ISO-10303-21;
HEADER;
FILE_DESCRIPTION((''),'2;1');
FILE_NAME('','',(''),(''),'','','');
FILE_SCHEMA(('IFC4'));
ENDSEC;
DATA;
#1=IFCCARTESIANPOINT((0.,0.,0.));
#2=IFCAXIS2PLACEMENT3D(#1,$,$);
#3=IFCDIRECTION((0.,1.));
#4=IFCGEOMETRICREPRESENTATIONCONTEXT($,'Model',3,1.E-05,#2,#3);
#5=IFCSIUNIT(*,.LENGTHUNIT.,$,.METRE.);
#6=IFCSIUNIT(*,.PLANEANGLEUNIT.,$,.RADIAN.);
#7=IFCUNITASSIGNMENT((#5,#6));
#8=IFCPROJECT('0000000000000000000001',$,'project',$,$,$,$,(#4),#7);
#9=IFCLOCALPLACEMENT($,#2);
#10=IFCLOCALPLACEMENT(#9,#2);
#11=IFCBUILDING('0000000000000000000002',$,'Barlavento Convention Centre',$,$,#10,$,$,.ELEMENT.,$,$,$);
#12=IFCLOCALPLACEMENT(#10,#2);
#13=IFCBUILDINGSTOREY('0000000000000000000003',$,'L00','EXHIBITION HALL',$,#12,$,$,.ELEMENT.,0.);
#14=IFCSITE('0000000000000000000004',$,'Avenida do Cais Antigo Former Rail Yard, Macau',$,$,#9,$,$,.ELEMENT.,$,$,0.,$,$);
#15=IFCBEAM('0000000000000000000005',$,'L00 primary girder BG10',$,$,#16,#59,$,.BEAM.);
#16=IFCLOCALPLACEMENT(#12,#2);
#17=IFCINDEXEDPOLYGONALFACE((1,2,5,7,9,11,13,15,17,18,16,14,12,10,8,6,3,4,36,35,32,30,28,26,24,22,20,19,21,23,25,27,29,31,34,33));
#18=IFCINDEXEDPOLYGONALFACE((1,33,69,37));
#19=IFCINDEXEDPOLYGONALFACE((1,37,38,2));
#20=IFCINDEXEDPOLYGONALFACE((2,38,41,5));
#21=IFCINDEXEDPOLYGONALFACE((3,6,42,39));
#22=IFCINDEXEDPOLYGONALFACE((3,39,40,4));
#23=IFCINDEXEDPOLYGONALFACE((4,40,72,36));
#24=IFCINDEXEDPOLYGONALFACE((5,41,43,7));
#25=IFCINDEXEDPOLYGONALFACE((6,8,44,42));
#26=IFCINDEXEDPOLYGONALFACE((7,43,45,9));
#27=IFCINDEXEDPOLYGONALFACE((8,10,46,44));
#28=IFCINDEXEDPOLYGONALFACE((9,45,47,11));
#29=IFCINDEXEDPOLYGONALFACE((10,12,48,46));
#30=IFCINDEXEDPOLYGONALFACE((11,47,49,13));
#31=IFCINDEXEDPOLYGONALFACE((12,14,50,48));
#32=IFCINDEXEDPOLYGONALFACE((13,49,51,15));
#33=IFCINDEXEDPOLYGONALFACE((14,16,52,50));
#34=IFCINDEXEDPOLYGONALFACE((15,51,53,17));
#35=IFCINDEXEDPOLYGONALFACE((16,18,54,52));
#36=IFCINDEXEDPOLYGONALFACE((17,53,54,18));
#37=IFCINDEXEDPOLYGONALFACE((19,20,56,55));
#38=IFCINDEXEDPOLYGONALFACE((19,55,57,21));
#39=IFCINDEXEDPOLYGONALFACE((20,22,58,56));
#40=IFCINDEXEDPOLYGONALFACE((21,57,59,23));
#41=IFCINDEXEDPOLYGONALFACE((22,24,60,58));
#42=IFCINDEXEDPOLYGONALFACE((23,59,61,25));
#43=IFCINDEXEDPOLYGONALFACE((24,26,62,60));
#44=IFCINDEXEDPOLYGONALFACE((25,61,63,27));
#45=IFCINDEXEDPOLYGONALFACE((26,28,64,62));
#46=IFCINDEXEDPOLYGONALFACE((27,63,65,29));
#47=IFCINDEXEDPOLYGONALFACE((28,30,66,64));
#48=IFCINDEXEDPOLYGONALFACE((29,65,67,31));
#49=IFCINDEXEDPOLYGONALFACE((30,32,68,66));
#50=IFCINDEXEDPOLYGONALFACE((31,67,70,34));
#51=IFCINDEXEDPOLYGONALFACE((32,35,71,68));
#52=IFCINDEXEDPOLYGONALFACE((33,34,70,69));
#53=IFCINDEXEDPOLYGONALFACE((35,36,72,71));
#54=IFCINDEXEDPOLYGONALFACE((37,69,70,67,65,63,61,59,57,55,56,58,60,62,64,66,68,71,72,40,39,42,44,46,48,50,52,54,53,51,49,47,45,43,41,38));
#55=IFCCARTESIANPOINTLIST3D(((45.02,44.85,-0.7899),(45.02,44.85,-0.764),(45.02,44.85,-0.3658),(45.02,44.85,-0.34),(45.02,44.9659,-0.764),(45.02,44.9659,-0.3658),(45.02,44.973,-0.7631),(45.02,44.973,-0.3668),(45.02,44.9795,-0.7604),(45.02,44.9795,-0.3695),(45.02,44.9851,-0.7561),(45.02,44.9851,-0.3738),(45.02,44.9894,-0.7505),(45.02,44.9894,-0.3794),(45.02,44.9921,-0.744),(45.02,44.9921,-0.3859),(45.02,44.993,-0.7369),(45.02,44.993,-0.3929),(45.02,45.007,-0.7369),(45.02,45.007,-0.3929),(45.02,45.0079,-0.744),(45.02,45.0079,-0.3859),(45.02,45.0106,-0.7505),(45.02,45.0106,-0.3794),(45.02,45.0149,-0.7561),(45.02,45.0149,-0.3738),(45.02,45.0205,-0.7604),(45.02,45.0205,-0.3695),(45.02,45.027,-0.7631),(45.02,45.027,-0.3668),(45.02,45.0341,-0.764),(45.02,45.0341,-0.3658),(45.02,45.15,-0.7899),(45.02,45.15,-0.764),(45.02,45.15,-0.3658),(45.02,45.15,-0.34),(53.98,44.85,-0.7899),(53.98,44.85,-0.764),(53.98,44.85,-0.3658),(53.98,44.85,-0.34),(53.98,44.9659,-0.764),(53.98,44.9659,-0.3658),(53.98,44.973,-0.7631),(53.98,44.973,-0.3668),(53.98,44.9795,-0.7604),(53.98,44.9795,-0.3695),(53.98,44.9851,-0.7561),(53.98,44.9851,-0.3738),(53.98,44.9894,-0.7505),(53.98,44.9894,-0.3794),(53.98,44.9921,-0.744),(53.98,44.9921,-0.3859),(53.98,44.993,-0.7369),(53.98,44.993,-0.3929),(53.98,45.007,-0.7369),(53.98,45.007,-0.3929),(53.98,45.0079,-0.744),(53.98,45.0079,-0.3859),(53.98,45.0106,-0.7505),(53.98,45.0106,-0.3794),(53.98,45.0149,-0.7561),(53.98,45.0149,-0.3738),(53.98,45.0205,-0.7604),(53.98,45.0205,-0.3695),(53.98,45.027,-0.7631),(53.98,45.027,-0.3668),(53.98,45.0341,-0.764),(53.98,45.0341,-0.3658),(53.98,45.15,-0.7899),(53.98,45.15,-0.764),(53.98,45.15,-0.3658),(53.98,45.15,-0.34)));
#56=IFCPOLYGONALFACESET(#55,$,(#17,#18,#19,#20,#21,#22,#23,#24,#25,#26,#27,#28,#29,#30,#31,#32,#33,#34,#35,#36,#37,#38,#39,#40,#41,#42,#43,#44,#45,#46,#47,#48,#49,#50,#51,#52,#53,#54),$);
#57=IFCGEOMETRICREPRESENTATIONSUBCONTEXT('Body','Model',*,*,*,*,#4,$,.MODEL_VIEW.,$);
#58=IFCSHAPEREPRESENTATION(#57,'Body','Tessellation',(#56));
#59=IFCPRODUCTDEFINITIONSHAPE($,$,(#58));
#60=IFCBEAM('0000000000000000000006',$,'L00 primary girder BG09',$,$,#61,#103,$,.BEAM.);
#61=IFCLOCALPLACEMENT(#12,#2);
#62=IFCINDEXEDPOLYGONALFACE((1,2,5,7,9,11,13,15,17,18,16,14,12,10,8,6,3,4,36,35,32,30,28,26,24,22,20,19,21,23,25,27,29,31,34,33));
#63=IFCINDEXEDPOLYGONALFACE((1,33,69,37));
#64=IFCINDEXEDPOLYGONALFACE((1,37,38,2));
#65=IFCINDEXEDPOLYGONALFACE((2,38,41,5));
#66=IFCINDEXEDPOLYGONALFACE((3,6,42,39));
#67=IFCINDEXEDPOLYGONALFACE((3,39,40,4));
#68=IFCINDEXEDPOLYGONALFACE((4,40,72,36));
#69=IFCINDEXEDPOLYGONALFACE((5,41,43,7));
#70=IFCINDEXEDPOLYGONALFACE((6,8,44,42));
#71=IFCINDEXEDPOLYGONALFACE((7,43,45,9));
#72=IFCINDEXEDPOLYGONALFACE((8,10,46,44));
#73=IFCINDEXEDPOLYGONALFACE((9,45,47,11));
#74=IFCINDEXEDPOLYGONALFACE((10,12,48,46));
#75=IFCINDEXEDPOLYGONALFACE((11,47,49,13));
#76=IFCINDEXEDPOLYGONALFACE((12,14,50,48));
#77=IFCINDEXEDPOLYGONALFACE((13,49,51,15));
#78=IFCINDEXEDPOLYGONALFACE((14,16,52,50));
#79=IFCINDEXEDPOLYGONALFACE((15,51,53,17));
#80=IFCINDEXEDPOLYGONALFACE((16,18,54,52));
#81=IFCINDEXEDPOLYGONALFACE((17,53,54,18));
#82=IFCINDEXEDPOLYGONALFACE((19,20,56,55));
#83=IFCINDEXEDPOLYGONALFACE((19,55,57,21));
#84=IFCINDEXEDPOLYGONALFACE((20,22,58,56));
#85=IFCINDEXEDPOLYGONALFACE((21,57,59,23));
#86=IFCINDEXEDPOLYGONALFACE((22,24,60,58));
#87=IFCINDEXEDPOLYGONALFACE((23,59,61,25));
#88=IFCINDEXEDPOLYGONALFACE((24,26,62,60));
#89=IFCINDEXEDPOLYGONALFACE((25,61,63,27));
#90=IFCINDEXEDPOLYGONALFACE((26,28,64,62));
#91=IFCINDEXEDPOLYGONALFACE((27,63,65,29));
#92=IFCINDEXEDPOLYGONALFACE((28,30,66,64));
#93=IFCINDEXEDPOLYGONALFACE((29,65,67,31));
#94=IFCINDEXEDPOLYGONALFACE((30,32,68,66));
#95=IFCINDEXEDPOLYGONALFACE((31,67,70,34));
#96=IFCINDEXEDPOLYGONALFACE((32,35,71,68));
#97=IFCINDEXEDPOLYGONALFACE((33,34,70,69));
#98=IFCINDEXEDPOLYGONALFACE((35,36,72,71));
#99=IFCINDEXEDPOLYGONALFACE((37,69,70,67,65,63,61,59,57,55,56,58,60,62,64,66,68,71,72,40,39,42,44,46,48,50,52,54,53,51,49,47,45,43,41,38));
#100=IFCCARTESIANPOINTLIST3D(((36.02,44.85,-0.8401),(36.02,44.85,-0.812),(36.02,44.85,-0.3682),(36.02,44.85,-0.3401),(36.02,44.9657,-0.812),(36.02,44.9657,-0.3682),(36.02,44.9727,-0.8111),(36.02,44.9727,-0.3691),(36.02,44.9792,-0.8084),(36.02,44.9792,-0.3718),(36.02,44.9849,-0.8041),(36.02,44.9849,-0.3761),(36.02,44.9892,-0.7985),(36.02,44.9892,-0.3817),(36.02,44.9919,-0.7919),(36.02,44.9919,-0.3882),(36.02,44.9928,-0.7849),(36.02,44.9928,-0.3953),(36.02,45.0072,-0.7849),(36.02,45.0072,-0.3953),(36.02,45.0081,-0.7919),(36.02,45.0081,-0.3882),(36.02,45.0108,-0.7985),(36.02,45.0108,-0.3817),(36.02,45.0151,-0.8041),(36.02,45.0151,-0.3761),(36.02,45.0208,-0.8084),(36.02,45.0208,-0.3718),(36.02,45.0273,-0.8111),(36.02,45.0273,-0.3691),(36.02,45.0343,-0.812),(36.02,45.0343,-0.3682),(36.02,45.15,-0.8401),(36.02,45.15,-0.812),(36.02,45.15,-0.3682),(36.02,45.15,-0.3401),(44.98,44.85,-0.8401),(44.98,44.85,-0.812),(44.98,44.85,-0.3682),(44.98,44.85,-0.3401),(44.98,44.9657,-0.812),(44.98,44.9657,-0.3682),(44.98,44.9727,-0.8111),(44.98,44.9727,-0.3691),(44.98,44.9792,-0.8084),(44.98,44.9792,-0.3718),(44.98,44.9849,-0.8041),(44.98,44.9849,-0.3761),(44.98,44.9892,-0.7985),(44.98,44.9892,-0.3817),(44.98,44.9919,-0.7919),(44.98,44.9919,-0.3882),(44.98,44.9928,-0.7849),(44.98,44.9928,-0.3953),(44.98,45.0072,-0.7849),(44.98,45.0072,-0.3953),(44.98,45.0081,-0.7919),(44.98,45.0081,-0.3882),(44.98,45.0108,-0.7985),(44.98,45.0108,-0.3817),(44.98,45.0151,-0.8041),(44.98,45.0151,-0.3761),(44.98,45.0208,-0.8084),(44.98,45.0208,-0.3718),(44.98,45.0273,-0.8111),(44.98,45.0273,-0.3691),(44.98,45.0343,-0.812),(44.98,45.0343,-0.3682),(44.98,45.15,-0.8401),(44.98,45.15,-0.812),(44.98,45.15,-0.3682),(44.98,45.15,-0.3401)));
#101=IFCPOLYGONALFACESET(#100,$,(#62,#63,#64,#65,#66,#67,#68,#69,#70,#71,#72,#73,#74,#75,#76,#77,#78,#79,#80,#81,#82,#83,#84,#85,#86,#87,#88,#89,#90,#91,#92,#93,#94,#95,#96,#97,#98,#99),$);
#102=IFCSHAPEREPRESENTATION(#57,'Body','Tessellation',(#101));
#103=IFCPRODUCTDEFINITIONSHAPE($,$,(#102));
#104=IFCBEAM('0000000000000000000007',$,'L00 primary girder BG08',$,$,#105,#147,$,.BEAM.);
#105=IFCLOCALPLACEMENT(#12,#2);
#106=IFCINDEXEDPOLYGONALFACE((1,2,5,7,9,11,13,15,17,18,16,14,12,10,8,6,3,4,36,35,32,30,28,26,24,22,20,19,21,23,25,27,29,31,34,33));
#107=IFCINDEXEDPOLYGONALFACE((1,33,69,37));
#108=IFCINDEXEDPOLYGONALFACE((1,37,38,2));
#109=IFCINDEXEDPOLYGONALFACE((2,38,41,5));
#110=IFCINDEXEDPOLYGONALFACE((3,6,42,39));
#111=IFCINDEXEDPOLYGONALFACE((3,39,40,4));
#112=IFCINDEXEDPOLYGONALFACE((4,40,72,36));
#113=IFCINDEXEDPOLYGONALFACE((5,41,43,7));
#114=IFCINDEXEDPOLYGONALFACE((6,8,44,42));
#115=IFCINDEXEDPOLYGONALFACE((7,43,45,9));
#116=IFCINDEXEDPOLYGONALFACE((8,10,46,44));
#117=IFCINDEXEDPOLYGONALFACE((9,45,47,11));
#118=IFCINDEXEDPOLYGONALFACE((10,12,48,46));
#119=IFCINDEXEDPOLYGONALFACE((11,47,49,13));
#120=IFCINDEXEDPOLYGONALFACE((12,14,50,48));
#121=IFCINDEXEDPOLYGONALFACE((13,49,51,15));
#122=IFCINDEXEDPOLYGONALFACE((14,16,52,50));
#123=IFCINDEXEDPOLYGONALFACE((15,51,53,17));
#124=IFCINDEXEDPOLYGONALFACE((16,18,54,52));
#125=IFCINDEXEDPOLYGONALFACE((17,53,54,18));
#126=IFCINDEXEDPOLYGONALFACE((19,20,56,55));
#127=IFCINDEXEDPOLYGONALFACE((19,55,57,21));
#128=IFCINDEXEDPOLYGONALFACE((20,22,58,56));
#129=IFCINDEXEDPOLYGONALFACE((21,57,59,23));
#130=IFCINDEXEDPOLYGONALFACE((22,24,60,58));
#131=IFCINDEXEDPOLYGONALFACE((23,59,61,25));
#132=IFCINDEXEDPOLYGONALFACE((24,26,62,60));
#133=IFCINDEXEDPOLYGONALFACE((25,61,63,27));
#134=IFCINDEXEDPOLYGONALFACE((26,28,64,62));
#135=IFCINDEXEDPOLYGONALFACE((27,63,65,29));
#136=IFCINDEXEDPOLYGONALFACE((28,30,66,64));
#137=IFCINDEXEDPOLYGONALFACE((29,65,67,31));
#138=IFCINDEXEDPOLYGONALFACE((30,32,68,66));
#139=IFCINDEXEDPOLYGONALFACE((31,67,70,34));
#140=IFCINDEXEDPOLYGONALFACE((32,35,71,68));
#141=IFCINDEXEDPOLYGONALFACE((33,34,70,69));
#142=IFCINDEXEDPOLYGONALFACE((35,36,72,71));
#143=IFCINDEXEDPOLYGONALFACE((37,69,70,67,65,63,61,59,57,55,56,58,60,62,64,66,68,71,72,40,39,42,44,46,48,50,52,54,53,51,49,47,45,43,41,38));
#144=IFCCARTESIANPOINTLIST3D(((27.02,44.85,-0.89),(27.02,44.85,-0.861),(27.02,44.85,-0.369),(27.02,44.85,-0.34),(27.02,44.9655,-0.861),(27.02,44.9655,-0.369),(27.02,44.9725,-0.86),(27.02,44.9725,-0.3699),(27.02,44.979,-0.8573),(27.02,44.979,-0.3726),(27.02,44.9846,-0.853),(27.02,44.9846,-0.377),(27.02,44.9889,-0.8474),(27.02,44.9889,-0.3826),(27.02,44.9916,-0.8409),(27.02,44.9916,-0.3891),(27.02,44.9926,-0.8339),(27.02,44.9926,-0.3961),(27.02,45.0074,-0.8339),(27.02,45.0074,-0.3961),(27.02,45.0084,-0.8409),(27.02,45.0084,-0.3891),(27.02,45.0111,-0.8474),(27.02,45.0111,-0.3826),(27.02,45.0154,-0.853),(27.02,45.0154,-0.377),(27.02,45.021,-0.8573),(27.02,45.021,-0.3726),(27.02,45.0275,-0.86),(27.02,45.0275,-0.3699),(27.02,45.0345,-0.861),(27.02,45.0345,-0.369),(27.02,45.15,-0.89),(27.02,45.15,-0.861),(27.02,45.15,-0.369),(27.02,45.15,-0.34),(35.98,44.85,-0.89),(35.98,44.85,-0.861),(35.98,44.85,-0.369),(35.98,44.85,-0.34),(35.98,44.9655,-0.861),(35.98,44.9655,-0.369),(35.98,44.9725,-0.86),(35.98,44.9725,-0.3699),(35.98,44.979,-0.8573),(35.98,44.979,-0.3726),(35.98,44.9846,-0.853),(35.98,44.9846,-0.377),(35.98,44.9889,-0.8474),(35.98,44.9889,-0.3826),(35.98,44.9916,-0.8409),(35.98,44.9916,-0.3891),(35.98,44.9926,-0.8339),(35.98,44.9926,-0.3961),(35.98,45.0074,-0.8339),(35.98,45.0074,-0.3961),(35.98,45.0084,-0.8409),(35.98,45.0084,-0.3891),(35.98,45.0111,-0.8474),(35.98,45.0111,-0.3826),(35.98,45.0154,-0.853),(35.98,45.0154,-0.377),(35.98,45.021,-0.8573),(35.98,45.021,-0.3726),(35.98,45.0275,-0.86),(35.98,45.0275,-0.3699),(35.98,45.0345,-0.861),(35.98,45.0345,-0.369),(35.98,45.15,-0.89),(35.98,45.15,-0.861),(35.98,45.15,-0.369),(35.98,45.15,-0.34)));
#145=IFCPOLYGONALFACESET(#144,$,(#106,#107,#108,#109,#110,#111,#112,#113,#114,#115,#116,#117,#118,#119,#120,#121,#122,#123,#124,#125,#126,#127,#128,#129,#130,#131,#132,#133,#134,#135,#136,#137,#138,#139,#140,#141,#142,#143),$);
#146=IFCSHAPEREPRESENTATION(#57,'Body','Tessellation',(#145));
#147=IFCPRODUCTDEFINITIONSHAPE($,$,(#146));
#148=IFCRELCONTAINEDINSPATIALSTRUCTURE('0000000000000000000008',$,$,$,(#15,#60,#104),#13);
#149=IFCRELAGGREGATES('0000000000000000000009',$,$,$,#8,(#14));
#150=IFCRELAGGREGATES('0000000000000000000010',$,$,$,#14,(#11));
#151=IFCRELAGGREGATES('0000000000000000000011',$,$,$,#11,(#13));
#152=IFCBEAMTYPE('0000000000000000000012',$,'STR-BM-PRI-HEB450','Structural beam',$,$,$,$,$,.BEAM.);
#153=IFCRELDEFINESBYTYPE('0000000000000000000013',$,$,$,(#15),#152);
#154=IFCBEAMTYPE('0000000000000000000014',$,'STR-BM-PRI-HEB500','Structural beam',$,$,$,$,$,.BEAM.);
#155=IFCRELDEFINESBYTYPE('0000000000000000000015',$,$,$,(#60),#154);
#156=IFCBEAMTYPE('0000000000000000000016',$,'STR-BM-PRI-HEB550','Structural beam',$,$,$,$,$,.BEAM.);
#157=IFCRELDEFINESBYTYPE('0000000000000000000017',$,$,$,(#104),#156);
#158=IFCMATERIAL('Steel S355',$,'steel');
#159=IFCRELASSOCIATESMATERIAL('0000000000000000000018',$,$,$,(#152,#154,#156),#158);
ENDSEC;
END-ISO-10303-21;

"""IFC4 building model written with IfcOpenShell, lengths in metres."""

from ifc_helpers import new_model, si_unit, direction, frame, origin, origin_2d, place, context, subcontext, project, spatial, i_section, extrude, material, material_profile, profile_set, type_object, element, save


model = new_model("IFC4")

# Units and contexts
model_context = context("Model", 3, precision=1e-05, world=origin(), true_north=direction((0.0, 1.0)))
body_context = subcontext(model_context, "Body", "Model", "MODEL_VIEW")
ifc_project = project(units=[si_unit("LENGTHUNIT", "METRE"), si_unit("PLANEANGLEUNIT", "RADIAN")], contexts=[model_context])

# Site, building, storey
site_placement = place(None, origin())
site = spatial("IfcSite", under=ifc_project, at=site_placement, Name="Avenida do Cais Antigo Former Rail Yard, Macau", CompositionType="ELEMENT", RefElevation=0.0)
building_placement = place(site_placement, origin())
building = spatial("IfcBuilding", under=site, at=building_placement, Name="Barlavento Convention Centre", CompositionType="ELEMENT")
storey_placement = place(building_placement, origin())
storey = spatial("IfcBuildingStorey", under=building, at=storey_placement, Name="L00", Description="EXHIBITION HALL", CompositionType="ELEMENT", Elevation=0.0)

# Beams
ifc_material_1 = material(Name="Steel S355", Category="steel")
ifc_material_profile_1 = material_profile(ifc_material_1, i_section(OverallWidth=0.3, OverallDepth=0.45, WebThickness=0.0139, FlangeThickness=0.0259, FilletRadius=0.0271, at=origin_2d()), Name="HEB 450")
ifc_profile_set_1 = profile_set([ifc_material_profile_1], Name="Steel S355")
beam_type_1 = type_object("IfcBeamType", Name="STR-BM-PRI-HEB450", Description="Structural beam", PredefinedType="BEAM", material=ifc_profile_set_1)
beam_1_placement = place(storey_placement, frame((45.02, 45.0, -0.5649), z_axis=(1.0, 0.0, 0.0), x_axis=(0.0, 1.0, 0.0)))
element("IfcBeam", 1, at=beam_1_placement, inside=storey, type_object=beam_type_1, Name="L00 primary girder BG10", PredefinedType="BEAM", context=body_context, shape_type="SweptSolid", body=[
    extrude(i_section(OverallWidth=0.3, OverallDepth=0.45, WebThickness=0.0139, FlangeThickness=0.0259, FilletRadius=0.0271, at=origin_2d()), origin(), (0.0, 0.0, 1.0), 8.96),
])
ifc_material_profile_2 = material_profile(ifc_material_1, i_section(OverallWidth=0.3, OverallDepth=0.5, WebThickness=0.0144, FlangeThickness=0.0281, FilletRadius=0.0271, at=origin_2d()), Name="HEB 500")
ifc_profile_set_2 = profile_set([ifc_material_profile_2], Name="Steel S355")
beam_type_2 = type_object("IfcBeamType", Name="STR-BM-PRI-HEB500", Description="Structural beam", PredefinedType="BEAM", material=ifc_profile_set_2)
beam_2_placement = place(storey_placement, frame((36.02, 45.0, -0.5901), z_axis=(1.0, 0.0, 0.0), x_axis=(0.0, 1.0, 0.0)))
element("IfcBeam", 2, at=beam_2_placement, inside=storey, type_object=beam_type_2, Name="L00 primary girder BG09", PredefinedType="BEAM", context=body_context, shape_type="SweptSolid", body=[
    extrude(i_section(OverallWidth=0.3, OverallDepth=0.5, WebThickness=0.0144, FlangeThickness=0.0281, FilletRadius=0.0271, at=origin_2d()), origin(), (0.0, 0.0, 1.0), 8.96),
])
ifc_material_profile_3 = material_profile(ifc_material_1, i_section(OverallWidth=0.3, OverallDepth=0.55, WebThickness=0.0149, FlangeThickness=0.0291, FilletRadius=0.0271, at=origin_2d()), Name="HEB 550")
ifc_profile_set_3 = profile_set([ifc_material_profile_3], Name="Steel S355")
beam_type_3 = type_object("IfcBeamType", Name="STR-BM-PRI-HEB550", Description="Structural beam", PredefinedType="BEAM", material=ifc_profile_set_3)
beam_3_placement = place(storey_placement, frame((27.02, 45.0, -0.615), z_axis=(1.0, 0.0, 0.0), x_axis=(0.0, 1.0, 0.0)))
element("IfcBeam", 3, at=beam_3_placement, inside=storey, type_object=beam_type_3, Name="L00 primary girder BG08", PredefinedType="BEAM", context=body_context, shape_type="SweptSolid", body=[
    extrude(i_section(OverallWidth=0.3, OverallDepth=0.55, WebThickness=0.0149, FlangeThickness=0.0291, FilletRadius=0.0271, at=origin_2d()), origin(), (0.0, 0.0, 1.0), 8.96),
])

save(model, "model.ifc")
